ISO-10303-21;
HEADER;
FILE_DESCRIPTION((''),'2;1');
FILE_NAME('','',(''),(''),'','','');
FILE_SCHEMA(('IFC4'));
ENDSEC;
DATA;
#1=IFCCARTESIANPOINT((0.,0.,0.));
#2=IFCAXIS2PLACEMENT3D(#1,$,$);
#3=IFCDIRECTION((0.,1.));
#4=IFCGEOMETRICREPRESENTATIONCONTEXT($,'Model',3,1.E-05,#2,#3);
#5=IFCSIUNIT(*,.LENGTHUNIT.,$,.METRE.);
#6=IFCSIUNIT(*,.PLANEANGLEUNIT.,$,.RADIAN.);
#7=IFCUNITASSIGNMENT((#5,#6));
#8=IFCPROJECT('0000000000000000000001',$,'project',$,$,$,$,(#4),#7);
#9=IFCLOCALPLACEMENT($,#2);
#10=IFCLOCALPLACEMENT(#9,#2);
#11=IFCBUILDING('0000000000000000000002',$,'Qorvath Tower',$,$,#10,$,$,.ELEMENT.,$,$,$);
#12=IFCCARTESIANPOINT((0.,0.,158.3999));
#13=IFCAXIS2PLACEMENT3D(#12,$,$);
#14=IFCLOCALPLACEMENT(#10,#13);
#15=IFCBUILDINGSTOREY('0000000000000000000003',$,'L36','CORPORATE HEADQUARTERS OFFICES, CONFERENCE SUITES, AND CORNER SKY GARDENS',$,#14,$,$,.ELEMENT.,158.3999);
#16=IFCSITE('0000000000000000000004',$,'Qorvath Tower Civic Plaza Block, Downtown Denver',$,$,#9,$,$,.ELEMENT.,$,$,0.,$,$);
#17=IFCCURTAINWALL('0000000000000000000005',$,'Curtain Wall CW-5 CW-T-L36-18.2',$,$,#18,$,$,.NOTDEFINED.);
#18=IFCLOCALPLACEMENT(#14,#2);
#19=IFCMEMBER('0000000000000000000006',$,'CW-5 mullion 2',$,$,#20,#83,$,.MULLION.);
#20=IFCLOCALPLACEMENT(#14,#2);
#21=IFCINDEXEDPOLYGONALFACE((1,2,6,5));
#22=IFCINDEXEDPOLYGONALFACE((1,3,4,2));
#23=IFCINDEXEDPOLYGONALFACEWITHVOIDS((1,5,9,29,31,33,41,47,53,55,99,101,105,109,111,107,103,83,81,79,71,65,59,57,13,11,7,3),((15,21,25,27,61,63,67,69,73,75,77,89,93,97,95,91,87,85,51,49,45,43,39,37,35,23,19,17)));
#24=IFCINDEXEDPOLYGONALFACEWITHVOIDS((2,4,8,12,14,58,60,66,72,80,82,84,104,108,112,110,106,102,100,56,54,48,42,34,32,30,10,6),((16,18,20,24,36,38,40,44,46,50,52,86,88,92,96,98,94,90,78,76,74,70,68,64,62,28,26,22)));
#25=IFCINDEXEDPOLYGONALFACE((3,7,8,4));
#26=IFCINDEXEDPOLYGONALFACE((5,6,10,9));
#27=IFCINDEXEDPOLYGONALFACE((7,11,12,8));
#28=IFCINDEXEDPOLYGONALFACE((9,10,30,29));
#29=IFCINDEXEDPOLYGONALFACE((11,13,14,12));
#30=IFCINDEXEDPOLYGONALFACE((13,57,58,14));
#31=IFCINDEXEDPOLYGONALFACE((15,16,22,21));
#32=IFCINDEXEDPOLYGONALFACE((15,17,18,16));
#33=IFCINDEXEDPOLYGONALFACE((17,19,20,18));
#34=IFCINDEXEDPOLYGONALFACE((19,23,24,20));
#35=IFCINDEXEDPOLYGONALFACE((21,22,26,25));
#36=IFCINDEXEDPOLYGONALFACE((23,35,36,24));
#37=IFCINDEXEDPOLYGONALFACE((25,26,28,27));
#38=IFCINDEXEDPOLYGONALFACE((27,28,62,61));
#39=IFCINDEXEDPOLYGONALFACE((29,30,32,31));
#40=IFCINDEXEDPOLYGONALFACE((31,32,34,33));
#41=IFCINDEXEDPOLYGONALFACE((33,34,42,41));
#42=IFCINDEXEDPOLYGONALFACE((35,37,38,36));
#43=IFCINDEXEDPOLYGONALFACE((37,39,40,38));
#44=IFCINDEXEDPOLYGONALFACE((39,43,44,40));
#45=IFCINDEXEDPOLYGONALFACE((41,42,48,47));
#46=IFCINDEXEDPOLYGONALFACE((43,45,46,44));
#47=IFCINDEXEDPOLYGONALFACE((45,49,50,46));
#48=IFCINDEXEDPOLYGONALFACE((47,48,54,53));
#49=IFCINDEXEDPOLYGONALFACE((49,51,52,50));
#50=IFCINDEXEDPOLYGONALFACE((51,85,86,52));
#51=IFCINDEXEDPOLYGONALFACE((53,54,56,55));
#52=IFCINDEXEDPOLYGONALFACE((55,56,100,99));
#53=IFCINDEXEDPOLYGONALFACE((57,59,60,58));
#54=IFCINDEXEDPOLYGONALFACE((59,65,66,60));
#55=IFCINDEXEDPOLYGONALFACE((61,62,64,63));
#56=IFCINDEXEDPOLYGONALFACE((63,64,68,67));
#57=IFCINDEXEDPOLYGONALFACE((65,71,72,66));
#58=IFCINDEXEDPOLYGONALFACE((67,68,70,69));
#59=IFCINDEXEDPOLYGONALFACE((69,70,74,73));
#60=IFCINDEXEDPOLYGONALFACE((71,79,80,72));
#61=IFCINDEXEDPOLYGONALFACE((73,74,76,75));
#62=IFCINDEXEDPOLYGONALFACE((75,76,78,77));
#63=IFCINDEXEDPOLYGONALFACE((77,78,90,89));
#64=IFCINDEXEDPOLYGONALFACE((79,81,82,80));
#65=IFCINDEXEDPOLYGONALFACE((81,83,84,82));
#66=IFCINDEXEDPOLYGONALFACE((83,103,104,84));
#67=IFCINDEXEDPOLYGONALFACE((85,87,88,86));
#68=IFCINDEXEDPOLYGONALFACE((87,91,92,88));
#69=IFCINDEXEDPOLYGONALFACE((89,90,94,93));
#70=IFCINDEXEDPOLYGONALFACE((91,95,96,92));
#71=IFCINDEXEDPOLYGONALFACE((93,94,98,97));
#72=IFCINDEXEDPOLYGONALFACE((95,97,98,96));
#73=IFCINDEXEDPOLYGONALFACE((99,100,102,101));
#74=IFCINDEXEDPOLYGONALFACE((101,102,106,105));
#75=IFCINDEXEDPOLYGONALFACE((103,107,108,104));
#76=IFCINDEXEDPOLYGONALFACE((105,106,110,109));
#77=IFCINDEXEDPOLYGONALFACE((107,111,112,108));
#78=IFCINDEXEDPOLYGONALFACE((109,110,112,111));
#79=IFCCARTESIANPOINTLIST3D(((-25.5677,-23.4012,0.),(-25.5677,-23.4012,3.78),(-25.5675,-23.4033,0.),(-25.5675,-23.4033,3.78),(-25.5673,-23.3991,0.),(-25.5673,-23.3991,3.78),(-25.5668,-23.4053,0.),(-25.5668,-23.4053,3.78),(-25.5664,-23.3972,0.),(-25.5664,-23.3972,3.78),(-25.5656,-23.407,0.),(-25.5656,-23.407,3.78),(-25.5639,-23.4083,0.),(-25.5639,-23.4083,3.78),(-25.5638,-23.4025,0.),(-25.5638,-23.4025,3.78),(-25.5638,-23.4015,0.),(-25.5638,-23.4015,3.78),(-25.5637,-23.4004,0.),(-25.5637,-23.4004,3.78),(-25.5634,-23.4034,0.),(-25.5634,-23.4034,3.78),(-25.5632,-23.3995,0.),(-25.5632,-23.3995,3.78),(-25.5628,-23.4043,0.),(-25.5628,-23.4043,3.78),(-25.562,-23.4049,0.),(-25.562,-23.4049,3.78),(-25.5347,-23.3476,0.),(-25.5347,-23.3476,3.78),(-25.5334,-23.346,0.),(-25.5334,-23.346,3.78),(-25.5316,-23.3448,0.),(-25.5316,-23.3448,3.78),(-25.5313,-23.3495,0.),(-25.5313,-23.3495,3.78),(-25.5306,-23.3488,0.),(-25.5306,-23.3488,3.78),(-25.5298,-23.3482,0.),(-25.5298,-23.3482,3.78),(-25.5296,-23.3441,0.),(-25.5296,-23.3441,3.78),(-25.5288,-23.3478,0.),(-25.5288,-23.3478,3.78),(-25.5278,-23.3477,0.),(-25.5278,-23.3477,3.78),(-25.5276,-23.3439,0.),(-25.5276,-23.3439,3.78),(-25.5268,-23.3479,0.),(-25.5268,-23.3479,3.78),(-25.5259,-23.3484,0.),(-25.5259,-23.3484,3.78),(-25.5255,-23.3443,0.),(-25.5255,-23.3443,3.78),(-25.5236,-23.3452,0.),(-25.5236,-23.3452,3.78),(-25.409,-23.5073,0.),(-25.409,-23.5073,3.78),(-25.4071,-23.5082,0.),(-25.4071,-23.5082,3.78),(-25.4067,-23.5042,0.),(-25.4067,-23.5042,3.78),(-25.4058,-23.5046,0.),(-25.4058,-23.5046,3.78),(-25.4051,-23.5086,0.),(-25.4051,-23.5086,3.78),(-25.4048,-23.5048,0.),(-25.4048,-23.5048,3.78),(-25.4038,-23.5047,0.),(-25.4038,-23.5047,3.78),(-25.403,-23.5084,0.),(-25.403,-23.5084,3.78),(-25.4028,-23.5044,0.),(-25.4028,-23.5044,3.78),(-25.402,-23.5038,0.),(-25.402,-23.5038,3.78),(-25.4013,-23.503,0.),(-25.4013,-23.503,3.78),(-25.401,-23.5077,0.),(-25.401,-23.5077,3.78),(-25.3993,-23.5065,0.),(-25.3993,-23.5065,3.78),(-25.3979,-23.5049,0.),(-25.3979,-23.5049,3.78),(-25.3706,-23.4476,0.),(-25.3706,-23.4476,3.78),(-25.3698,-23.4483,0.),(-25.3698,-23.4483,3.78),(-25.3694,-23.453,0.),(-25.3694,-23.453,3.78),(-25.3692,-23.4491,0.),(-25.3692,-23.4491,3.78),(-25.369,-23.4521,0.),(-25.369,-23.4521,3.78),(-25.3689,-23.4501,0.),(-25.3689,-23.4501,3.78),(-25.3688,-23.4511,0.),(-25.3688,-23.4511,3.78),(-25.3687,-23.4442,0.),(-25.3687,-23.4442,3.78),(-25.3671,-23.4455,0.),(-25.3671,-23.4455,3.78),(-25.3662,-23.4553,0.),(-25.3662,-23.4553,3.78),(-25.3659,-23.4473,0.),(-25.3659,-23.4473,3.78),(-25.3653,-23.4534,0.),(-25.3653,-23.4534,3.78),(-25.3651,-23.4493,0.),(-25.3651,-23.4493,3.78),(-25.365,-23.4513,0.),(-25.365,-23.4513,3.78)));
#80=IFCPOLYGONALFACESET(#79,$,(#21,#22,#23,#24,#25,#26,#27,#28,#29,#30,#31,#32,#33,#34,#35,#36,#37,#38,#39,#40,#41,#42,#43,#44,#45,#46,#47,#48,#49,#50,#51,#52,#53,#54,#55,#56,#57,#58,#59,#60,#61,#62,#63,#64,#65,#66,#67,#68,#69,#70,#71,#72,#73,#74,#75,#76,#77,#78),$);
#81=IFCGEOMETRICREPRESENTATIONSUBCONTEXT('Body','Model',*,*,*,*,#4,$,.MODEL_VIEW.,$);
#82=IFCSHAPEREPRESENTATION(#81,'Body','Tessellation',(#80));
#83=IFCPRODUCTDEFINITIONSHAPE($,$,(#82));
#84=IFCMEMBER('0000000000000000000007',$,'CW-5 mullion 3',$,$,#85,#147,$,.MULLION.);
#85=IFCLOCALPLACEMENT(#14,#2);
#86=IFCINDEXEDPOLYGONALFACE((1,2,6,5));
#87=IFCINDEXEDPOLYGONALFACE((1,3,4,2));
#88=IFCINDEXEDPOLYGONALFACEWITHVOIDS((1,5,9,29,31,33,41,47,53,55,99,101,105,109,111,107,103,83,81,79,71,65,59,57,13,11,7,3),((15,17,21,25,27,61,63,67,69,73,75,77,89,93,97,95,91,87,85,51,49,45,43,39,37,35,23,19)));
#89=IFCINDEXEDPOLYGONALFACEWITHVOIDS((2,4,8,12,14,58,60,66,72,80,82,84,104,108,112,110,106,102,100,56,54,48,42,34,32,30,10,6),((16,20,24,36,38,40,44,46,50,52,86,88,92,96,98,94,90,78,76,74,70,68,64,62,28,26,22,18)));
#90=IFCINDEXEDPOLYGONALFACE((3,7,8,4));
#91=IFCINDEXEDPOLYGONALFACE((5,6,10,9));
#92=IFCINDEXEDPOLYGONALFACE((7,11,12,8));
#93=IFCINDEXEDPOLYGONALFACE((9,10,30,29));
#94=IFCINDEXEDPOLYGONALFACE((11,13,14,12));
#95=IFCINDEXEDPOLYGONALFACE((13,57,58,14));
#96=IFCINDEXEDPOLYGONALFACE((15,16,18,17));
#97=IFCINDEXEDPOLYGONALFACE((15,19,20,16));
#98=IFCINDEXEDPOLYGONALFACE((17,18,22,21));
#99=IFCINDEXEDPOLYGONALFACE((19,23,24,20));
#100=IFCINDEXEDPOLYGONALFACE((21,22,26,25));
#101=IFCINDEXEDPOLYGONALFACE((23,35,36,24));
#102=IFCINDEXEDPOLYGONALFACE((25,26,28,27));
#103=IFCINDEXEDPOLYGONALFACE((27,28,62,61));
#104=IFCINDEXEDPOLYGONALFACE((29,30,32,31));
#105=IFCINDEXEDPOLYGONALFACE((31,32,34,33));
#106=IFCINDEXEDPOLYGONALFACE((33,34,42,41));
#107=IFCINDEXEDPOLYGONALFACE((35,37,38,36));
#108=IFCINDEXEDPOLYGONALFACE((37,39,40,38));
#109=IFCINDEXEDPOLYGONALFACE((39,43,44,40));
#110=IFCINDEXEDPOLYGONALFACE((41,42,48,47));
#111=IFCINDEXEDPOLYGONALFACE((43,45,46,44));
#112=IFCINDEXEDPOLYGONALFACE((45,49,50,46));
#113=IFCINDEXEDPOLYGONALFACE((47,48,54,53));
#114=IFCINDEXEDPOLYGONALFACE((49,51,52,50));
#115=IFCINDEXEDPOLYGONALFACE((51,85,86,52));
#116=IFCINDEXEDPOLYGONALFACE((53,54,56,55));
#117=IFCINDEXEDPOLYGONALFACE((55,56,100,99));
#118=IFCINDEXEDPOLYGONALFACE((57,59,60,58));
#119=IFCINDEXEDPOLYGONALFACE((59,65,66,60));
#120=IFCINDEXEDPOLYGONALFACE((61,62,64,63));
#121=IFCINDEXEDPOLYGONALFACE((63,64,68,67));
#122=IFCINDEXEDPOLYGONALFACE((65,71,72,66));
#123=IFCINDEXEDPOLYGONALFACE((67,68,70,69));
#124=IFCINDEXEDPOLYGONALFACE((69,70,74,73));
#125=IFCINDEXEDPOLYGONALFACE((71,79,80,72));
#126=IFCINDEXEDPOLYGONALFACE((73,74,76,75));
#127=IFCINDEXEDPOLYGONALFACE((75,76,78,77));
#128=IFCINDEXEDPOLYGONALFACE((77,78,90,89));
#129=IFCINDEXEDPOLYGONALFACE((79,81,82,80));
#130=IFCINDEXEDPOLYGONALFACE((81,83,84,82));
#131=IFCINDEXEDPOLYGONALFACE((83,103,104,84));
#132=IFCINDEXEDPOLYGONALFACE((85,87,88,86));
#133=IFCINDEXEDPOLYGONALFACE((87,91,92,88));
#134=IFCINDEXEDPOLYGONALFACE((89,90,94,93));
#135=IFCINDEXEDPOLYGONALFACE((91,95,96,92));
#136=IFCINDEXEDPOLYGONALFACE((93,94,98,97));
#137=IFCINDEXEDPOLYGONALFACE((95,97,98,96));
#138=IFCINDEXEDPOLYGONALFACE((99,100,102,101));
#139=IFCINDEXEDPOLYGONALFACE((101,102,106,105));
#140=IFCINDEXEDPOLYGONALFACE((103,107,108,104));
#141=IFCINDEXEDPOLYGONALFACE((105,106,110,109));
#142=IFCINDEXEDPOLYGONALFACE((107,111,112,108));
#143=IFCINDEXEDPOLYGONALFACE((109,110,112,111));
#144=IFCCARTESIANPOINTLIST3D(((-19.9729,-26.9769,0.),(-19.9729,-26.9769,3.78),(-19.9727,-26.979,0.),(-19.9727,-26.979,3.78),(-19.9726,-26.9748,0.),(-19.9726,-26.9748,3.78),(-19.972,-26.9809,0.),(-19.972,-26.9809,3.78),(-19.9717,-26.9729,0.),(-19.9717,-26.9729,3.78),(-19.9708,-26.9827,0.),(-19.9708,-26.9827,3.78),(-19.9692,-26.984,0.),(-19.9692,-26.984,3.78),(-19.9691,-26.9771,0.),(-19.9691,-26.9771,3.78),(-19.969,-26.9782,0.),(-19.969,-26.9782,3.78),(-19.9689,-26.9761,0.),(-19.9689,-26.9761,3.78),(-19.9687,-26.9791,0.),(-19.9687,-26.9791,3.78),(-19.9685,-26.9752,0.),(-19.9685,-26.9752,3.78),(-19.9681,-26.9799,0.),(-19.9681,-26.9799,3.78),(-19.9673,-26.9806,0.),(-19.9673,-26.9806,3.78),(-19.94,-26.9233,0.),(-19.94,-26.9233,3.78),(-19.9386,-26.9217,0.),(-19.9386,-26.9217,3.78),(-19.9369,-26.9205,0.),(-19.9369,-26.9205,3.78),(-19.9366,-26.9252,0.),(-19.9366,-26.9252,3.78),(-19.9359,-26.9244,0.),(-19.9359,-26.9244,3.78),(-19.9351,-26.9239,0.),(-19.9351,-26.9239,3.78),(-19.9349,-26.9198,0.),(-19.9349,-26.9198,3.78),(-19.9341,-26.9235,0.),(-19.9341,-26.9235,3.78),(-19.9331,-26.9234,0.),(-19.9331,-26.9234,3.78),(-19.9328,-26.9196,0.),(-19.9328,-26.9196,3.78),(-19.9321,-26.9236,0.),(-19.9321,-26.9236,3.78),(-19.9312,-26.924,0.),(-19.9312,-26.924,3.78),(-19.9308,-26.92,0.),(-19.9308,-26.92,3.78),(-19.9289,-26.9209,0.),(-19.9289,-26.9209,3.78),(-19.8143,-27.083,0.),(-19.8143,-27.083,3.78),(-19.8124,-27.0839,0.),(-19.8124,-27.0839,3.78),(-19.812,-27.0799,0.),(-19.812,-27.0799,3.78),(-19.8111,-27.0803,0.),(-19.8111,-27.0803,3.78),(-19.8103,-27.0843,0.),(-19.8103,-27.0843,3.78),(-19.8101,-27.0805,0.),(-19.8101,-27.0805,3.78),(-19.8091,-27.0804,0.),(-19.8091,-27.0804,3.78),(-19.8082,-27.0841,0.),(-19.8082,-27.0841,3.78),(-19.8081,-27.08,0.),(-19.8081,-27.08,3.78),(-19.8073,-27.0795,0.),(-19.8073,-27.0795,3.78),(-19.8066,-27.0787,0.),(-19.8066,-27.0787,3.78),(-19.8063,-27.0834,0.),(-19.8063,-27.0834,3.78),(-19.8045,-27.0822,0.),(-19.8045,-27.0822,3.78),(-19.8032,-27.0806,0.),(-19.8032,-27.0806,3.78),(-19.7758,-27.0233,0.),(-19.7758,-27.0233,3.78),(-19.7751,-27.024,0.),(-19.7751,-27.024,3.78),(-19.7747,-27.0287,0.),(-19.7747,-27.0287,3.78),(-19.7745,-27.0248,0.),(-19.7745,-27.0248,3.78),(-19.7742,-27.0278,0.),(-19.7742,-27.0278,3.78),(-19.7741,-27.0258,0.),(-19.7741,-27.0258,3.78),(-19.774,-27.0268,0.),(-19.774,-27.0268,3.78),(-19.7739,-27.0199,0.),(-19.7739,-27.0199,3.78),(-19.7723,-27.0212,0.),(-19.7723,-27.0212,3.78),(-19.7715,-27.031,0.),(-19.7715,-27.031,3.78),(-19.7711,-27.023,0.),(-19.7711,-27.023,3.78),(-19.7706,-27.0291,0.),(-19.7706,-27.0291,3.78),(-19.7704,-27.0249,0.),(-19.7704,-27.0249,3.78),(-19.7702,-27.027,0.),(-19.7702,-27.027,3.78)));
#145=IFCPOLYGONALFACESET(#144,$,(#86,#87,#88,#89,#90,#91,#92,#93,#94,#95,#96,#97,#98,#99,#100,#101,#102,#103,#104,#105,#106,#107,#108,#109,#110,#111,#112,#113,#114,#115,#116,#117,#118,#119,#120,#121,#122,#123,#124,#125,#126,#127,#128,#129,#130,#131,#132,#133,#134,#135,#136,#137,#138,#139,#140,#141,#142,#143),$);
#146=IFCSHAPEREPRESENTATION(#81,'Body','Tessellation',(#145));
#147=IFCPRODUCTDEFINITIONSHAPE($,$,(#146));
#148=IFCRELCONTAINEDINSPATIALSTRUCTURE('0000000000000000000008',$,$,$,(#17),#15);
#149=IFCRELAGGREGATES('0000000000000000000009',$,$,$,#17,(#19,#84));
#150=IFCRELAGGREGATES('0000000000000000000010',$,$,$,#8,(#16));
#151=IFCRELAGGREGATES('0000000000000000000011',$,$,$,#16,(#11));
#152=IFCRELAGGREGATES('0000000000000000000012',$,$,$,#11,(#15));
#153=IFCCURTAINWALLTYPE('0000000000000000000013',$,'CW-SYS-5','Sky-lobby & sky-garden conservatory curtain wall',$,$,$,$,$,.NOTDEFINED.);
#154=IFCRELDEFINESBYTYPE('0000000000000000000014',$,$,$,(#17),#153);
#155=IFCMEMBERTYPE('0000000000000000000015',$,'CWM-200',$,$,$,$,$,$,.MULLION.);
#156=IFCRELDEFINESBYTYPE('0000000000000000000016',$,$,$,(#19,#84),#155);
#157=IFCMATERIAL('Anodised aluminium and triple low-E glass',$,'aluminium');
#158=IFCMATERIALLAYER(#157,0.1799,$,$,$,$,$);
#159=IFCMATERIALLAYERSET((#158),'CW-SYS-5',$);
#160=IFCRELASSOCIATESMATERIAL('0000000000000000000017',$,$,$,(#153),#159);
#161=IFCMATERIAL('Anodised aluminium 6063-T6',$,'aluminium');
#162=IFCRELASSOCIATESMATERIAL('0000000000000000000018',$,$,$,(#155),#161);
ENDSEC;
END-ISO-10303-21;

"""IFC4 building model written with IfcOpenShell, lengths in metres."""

from ifc_helpers import new_model, si_unit, direction, frame, origin, origin_2d, place, context, subcontext, project, spatial, hollow_rectangle, extrude, material, layer, layer_set, material_profile, profile_set, type_object, element, aggregate, save


model = new_model("IFC4")

# Units and contexts
model_context = context("Model", 3, precision=1e-05, world=origin(), true_north=direction((0.0, 1.0)))
body_context = subcontext(model_context, "Body", "Model", "MODEL_VIEW")
ifc_project = project(units=[si_unit("LENGTHUNIT", "METRE"), si_unit("PLANEANGLEUNIT", "RADIAN")], contexts=[model_context])

# Site, building, storey
site_placement = place(None, origin())
site = spatial("IfcSite", under=ifc_project, at=site_placement, Name="Qorvath Tower Civic Plaza Block, Downtown Denver", CompositionType="ELEMENT", RefElevation=0.0)
building_placement = place(site_placement, origin())
building = spatial("IfcBuilding", under=site, at=building_placement, Name="Qorvath Tower", CompositionType="ELEMENT")
storey_placement = place(building_placement, frame((0.0, 0.0, 158.3999)))
storey = spatial("IfcBuildingStorey", under=building, at=storey_placement, Name="L36", Description="CORPORATE HEADQUARTERS OFFICES, CONFERENCE SUITES, AND CORNER SKY GARDENS", CompositionType="ELEMENT", Elevation=158.3999)

# Curtain wall, members
ifc_material_1 = material(Name="Anodised aluminium and triple low-E glass", Category="aluminium")
ifc_layer_1 = layer(ifc_material_1, 0.1799)
ifc_layer_set_1 = layer_set([ifc_layer_1], Name="CW-SYS-5")
curtain_wall_type = type_object("IfcCurtainWallType", Name="CW-SYS-5", Description="Sky-lobby & sky-garden conservatory curtain wall", PredefinedType="NOTDEFINED", material=ifc_layer_set_1)
curtain_wall_placement = place(storey_placement, origin())
curtain_wall = element("IfcCurtainWall", 1, at=curtain_wall_placement, inside=storey, type_object=curtain_wall_type, Name="Curtain Wall CW-5 CW-T-L36-18.2", PredefinedType="NOTDEFINED")
ifc_material_2 = material(Name="Anodised aluminium 6063-T6", Category="aluminium")
ifc_material_profile_1 = material_profile(ifc_material_2, hollow_rectangle(XDim=0.075, YDim=0.2, WallThickness=0.0039, InnerFilletRadius=0.0039, OuterFilletRadius=0.0081, at=origin_2d()), Name="CWM 200x75")
ifc_profile_set_1 = profile_set([ifc_material_profile_1], Name="Anodised aluminium 6063-T6")
member_type_1 = type_object("IfcMemberType", Name="CWM-200", PredefinedType="MULLION", material=ifc_profile_set_1)
member_1_placement = place(storey_placement, frame((-25.4663, -23.4263, 0.0), z_axis=(0.0, 0.0, 1.0), x_axis=(0.538542, 0.842599, 0.0)))
member_1 = element("IfcMember", 2, at=member_1_placement, type_object=member_type_1, Name="CW-5 mullion 2", PredefinedType="MULLION", context=body_context, shape_type="SweptSolid", body=[
    extrude(hollow_rectangle(XDim=0.075, YDim=0.2, WallThickness=0.0039, InnerFilletRadius=0.0039, OuterFilletRadius=0.0081, at=origin_2d()), origin(), (0.0, 0.0, 1.0), 3.78),
])
member_2_placement = place(storey_placement, frame((-19.8716, -27.002, 0.0), z_axis=(0.0, 0.0, 1.0), x_axis=(0.538542, 0.842599, 0.0)))
member_2 = element("IfcMember", 3, at=member_2_placement, type_object=member_type_1, Name="CW-5 mullion 3", PredefinedType="MULLION", context=body_context, shape_type="SweptSolid", body=[
    extrude(hollow_rectangle(XDim=0.075, YDim=0.2, WallThickness=0.0039, InnerFilletRadius=0.0039, OuterFilletRadius=0.0081, at=origin_2d()), origin(), (0.0, 0.0, 1.0), 3.78),
])
aggregate(curtain_wall, [member_1, member_2])

save(model, "model.ifc")
